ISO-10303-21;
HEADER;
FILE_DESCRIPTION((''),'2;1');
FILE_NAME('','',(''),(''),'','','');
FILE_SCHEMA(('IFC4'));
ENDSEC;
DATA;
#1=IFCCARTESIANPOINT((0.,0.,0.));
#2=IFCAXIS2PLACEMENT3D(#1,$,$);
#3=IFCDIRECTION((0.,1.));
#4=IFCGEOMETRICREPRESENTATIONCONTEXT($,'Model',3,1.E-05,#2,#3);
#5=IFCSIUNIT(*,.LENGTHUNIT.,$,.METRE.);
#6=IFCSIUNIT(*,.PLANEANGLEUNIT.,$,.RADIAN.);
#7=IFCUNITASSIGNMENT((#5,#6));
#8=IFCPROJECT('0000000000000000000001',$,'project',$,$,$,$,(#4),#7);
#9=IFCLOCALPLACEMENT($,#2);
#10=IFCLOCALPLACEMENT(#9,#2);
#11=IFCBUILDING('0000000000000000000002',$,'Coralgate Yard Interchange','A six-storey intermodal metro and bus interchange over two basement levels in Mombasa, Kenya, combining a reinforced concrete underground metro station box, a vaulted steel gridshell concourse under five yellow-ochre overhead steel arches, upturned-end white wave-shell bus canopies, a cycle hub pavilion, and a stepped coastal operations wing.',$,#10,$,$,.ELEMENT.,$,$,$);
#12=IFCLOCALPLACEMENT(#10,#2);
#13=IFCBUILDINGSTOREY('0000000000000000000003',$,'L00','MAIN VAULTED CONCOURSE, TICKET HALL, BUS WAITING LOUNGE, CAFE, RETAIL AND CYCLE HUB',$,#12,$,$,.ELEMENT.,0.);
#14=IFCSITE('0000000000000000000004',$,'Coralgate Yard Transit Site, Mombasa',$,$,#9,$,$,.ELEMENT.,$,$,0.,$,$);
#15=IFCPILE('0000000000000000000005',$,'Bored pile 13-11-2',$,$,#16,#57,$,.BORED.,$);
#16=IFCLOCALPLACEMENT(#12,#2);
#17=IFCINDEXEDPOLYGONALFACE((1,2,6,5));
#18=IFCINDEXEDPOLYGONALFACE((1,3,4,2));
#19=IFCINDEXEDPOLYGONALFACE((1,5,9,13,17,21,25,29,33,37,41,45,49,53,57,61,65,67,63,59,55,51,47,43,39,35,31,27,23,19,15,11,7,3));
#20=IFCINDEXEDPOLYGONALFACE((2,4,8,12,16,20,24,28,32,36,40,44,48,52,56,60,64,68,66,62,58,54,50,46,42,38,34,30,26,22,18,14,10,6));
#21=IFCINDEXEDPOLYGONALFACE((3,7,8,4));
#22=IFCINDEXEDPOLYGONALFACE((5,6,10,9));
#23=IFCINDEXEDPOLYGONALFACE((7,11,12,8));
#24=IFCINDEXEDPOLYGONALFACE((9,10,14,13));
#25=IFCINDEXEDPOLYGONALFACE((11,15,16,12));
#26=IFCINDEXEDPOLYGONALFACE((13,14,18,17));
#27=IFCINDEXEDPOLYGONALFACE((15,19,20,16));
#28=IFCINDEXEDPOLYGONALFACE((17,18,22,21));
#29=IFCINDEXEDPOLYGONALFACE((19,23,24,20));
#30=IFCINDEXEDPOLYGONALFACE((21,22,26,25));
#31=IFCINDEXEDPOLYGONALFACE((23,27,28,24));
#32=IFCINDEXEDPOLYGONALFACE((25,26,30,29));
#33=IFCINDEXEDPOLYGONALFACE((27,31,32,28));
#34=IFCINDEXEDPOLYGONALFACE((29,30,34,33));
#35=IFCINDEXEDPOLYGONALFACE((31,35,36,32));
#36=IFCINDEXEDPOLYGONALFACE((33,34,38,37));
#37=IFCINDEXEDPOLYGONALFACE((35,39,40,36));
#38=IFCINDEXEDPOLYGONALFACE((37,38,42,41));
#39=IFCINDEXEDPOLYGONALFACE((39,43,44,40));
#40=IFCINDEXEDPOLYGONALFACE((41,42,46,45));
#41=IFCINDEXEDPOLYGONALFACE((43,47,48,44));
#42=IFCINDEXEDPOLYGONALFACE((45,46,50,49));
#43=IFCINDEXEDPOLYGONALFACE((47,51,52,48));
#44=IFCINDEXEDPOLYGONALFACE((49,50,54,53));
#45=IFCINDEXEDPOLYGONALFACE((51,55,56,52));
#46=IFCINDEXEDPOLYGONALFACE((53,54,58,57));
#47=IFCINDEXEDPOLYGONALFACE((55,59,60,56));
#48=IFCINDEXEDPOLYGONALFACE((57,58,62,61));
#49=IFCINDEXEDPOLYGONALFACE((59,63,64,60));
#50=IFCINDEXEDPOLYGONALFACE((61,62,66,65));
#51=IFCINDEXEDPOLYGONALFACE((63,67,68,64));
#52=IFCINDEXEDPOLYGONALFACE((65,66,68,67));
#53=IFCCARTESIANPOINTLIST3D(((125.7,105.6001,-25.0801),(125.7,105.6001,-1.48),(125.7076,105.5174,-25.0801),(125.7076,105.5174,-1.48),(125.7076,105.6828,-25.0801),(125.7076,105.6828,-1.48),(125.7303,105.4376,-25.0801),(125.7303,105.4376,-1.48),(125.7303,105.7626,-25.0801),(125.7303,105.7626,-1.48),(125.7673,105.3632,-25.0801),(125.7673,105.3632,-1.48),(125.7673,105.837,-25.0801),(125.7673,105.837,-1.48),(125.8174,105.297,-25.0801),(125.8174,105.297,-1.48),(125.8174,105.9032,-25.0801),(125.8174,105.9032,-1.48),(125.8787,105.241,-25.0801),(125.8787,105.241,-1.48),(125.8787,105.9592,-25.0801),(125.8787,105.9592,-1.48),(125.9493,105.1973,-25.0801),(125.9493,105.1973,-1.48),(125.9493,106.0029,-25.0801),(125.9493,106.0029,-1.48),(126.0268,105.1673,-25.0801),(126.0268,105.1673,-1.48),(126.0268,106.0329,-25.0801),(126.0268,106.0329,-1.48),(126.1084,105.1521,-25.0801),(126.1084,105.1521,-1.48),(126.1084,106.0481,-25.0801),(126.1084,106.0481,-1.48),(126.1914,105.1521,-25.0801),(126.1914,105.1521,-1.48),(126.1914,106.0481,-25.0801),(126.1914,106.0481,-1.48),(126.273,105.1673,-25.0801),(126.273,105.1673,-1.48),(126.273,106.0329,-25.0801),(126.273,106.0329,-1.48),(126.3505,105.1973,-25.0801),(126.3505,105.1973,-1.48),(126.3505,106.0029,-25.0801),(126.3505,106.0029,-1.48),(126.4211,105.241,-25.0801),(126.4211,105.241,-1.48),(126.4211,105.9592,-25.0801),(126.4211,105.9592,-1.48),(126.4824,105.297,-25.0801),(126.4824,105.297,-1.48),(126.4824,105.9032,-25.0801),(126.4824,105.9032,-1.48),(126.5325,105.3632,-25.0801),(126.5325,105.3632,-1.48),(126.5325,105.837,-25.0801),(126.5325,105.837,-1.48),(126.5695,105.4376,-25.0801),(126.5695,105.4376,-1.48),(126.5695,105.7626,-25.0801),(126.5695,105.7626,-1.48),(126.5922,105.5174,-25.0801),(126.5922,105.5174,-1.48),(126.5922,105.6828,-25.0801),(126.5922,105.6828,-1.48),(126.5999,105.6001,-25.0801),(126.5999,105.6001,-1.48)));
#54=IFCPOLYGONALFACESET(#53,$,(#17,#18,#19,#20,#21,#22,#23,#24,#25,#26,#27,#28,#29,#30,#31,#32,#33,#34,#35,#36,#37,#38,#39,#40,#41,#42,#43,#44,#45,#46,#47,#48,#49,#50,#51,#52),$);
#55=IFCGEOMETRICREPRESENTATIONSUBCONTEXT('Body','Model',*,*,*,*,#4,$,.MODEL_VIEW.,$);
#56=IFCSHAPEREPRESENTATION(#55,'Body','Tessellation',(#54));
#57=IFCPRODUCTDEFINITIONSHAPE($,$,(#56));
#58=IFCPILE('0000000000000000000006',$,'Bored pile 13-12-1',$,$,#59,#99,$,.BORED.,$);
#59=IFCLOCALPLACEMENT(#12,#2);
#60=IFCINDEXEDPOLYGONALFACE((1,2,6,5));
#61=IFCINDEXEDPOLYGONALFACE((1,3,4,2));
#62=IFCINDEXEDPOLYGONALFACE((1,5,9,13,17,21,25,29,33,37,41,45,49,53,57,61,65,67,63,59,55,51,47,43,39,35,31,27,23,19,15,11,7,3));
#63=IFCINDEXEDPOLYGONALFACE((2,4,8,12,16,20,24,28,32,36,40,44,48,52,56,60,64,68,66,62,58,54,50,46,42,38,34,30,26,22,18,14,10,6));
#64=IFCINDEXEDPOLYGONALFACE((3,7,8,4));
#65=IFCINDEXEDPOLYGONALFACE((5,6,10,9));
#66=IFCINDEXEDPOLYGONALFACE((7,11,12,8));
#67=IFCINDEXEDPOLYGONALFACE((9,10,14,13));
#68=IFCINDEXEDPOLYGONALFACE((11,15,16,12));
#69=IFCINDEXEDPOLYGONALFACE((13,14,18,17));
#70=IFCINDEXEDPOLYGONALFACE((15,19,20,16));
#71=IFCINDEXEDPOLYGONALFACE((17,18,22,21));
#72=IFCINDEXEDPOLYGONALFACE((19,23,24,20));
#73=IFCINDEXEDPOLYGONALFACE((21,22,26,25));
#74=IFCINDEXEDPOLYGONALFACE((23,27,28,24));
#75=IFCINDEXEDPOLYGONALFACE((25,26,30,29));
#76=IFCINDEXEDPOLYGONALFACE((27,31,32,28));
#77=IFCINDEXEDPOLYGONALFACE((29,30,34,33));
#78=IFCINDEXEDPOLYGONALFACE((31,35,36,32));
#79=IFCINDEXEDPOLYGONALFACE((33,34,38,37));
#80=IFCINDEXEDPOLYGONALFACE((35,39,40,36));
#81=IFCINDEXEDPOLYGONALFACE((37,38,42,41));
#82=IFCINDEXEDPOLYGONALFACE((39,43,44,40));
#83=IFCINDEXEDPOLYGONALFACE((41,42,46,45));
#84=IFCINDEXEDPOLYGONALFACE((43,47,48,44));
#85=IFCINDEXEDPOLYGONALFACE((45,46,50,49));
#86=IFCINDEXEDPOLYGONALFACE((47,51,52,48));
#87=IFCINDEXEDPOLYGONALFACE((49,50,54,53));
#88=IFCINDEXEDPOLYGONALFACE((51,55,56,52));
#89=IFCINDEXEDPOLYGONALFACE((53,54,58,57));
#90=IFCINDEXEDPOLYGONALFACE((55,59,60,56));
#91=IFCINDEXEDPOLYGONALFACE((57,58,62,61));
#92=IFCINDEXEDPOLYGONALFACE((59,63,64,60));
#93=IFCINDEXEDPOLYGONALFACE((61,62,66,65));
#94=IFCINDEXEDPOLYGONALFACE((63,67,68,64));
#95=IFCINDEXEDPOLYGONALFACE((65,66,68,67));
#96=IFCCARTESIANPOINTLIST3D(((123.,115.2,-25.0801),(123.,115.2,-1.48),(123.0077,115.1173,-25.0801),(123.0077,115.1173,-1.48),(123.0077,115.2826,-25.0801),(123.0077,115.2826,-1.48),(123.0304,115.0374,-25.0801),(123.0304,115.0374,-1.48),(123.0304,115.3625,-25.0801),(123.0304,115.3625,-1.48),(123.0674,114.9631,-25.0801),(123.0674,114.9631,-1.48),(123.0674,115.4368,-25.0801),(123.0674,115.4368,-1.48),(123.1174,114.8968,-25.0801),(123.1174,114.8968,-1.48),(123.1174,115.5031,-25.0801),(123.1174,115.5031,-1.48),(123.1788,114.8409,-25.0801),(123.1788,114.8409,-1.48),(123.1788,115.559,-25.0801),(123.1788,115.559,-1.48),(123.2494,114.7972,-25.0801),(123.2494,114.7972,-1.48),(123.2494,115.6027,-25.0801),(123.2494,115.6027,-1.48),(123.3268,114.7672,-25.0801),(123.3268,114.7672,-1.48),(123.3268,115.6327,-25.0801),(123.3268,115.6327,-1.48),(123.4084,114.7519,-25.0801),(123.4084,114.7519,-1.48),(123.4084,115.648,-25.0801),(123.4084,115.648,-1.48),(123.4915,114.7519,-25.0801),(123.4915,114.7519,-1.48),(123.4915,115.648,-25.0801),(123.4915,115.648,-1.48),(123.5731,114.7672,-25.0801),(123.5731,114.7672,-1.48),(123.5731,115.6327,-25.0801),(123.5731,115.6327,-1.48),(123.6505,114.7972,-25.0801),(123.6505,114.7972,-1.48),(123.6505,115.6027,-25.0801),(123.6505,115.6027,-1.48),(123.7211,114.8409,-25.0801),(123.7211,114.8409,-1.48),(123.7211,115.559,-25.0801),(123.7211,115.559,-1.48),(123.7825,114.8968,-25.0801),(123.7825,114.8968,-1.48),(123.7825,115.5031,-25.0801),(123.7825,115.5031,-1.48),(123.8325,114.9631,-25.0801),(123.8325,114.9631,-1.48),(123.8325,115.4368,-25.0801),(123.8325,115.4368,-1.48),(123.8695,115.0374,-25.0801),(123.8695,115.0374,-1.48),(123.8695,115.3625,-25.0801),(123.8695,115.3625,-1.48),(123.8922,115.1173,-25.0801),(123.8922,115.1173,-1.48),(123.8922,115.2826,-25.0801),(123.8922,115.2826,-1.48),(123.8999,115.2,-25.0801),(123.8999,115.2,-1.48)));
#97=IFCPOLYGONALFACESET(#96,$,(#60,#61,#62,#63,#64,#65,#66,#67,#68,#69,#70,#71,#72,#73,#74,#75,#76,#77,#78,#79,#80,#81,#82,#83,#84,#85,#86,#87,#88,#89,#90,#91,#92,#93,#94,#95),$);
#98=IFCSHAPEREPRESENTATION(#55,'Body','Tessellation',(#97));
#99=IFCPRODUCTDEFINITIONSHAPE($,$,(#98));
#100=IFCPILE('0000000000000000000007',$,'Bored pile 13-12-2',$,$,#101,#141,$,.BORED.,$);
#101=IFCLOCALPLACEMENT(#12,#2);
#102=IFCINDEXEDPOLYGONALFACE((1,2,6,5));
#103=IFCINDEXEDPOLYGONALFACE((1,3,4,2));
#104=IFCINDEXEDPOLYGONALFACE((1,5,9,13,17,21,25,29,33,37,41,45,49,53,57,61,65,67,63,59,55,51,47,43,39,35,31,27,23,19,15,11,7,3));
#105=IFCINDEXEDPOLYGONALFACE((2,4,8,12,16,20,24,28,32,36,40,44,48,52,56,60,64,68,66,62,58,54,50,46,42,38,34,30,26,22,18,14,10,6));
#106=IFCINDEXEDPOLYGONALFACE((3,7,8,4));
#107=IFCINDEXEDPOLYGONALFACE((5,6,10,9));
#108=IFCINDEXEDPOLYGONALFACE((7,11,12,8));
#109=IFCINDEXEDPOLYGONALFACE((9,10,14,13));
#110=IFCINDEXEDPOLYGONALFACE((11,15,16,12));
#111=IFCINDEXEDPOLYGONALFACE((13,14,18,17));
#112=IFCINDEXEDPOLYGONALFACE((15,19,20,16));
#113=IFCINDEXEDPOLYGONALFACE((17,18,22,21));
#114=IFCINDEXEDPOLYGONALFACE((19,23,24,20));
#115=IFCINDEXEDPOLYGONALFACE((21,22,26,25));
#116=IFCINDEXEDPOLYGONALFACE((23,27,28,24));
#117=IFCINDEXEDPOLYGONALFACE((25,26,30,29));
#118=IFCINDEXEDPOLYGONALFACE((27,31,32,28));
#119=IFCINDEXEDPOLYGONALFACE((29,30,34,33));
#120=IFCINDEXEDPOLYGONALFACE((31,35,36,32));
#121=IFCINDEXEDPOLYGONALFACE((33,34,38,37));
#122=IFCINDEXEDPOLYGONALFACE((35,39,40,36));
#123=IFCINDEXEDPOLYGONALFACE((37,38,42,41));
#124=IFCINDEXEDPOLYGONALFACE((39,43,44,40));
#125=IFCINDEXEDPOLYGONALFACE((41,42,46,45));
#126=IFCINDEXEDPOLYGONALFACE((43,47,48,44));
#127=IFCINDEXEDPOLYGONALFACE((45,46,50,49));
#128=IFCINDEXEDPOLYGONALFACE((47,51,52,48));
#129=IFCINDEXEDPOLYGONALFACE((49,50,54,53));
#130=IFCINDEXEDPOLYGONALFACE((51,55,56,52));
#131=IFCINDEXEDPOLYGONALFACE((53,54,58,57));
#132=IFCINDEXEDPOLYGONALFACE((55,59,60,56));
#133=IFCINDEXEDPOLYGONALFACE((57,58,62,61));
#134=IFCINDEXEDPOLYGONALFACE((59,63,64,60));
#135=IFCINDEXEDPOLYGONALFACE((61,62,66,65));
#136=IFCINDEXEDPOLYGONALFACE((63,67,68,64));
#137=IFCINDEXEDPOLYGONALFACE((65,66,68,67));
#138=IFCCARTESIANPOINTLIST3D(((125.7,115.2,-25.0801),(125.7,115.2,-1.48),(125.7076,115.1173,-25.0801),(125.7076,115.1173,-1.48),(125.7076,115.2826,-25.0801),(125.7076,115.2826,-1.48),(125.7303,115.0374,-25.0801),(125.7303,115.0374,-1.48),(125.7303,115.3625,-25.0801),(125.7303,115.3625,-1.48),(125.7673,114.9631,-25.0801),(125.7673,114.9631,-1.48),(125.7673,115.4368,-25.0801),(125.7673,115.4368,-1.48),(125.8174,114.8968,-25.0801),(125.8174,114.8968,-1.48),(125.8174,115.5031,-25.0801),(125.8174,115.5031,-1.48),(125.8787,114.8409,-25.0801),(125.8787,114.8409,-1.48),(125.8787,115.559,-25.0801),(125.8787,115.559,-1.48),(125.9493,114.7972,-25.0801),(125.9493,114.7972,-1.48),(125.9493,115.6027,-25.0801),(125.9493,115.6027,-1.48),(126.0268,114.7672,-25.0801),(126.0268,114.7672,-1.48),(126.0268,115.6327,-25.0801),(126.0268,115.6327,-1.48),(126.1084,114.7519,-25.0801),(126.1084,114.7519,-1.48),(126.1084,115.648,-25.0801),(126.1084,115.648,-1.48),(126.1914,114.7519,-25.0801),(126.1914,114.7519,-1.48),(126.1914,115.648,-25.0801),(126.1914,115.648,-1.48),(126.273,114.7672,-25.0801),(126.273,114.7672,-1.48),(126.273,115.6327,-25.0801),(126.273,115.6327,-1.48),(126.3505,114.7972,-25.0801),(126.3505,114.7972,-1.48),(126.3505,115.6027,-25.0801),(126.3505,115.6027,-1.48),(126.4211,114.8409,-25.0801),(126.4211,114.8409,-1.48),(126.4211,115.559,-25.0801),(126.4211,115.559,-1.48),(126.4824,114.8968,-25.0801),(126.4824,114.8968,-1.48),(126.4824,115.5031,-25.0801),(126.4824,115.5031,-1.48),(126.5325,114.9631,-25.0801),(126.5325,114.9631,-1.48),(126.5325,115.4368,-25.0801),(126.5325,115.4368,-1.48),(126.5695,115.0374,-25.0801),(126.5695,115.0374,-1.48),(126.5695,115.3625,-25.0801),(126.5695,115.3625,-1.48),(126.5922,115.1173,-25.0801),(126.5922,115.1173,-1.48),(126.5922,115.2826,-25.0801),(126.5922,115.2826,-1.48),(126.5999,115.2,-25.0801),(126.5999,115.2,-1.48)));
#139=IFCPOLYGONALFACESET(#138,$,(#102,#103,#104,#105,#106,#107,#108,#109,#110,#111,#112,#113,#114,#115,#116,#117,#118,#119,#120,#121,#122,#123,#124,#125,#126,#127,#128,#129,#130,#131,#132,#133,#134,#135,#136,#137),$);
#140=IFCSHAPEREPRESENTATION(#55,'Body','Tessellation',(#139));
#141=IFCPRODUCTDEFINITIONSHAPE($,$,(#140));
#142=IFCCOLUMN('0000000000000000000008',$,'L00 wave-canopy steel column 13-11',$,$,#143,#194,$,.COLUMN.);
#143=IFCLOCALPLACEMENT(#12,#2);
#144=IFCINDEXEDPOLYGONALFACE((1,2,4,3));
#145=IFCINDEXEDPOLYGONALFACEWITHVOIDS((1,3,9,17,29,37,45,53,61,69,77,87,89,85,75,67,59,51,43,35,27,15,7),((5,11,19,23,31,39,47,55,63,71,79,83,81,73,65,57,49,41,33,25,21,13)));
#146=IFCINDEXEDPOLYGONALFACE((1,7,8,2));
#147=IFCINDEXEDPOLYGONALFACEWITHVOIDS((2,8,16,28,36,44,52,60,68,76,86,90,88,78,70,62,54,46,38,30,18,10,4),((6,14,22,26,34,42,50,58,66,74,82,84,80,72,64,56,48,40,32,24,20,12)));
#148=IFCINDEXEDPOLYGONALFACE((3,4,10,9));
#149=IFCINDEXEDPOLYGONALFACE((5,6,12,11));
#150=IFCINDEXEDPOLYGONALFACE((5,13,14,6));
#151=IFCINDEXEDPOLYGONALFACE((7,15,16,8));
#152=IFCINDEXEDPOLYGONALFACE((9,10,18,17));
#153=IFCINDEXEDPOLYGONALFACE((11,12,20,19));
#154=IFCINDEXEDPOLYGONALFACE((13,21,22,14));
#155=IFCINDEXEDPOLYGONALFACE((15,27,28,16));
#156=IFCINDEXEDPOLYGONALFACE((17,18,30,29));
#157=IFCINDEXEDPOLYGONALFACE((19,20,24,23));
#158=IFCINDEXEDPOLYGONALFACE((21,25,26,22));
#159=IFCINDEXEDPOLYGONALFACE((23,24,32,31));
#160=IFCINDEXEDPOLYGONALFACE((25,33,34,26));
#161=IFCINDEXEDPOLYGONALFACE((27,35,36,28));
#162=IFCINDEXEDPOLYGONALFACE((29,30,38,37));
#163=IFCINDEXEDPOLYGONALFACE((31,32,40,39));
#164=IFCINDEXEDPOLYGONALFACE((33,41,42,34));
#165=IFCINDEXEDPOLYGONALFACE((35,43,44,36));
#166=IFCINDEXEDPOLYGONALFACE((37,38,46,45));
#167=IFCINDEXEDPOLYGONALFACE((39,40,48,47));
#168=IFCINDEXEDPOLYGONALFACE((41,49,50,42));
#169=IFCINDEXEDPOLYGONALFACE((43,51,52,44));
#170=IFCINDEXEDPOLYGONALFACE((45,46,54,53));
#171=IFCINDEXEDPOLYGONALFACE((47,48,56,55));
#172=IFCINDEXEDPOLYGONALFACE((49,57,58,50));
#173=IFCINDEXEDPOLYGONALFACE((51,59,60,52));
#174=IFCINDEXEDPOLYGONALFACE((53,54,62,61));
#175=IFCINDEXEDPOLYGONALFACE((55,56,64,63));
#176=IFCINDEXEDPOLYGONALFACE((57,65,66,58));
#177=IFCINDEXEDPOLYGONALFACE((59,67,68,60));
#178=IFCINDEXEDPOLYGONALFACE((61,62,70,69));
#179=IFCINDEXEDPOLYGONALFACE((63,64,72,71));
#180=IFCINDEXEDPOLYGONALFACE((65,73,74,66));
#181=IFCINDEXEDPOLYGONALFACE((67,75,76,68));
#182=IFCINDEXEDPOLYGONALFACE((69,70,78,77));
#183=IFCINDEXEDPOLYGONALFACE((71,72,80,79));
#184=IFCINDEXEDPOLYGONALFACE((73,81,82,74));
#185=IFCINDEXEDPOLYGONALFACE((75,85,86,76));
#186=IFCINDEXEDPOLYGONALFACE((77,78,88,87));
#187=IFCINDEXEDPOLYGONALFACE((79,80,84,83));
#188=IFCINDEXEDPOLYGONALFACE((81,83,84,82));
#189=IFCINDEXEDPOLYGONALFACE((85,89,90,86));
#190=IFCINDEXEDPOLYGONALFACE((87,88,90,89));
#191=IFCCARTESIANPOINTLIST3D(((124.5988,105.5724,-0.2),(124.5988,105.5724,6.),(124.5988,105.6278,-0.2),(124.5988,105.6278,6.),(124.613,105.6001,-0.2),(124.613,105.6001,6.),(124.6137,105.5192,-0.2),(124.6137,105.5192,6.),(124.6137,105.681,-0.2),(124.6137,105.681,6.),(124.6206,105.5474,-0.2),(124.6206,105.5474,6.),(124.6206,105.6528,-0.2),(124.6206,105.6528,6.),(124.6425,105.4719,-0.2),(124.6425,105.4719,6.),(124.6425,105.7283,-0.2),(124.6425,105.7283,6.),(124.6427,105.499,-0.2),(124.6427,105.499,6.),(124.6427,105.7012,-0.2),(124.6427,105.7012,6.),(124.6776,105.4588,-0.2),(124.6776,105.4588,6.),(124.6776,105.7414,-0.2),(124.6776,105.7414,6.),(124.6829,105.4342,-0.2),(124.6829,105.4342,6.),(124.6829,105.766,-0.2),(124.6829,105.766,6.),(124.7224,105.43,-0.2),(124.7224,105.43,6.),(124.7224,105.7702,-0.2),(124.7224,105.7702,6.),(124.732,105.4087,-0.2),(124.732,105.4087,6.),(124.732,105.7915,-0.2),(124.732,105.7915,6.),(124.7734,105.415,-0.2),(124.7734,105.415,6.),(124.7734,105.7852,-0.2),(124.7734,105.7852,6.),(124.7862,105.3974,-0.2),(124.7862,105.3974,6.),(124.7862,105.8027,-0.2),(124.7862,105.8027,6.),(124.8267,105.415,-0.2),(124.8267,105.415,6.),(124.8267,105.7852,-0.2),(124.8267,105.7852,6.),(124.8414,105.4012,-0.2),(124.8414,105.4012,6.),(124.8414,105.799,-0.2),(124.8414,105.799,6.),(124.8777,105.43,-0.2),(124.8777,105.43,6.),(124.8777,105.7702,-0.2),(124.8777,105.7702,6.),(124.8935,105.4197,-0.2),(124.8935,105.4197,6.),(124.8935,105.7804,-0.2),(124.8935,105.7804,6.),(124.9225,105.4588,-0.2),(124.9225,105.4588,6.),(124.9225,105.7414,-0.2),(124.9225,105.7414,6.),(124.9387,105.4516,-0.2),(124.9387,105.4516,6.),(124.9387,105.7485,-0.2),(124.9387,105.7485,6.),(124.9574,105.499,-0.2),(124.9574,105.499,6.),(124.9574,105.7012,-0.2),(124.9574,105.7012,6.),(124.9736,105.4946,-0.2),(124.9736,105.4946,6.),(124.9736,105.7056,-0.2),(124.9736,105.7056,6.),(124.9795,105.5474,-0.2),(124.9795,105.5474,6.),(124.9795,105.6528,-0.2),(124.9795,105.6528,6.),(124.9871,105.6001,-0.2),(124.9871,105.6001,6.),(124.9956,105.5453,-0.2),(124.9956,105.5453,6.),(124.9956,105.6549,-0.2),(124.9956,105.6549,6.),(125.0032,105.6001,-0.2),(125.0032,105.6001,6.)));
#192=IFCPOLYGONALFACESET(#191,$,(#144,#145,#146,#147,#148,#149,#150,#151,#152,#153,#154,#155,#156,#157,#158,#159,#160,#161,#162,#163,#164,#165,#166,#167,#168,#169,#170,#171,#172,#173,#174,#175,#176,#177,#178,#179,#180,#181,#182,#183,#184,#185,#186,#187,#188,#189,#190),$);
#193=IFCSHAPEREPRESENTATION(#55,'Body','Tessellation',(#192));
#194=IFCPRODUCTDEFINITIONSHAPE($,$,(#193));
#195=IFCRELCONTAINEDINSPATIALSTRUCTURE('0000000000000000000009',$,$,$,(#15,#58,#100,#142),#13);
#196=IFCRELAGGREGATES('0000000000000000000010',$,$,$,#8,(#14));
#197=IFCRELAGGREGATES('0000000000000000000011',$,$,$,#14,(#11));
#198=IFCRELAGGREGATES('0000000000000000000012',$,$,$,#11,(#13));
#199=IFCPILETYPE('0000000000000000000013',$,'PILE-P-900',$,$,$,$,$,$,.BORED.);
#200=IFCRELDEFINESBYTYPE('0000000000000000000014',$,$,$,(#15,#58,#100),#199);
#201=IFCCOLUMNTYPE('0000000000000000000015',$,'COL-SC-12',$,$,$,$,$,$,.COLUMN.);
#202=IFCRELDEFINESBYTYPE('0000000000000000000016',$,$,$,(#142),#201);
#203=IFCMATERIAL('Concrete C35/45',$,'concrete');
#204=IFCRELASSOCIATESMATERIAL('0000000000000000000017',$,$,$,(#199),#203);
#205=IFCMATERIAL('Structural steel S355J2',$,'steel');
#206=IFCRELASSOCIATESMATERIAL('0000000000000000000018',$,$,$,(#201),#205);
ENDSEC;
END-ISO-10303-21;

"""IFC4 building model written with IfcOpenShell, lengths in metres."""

from ifc_helpers import new_model, si_unit, direction, frame, origin, origin_2d, place, context, subcontext, project, spatial, circle, hollow_circle, extrude, material, material_profile, profile_set, type_object, element, save


model = new_model("IFC4")

# Units and contexts
model_context = context("Model", 3, precision=1e-05, world=origin(), true_north=direction((0.0, 1.0)))
body_context = subcontext(model_context, "Body", "Model", "MODEL_VIEW")
ifc_project = project(units=[si_unit("LENGTHUNIT", "METRE"), si_unit("PLANEANGLEUNIT", "RADIAN")], contexts=[model_context])

# Site, building, storey
site_placement = place(None, origin())
site = spatial("IfcSite", under=ifc_project, at=site_placement, Name="Coralgate Yard Transit Site, Mombasa", CompositionType="ELEMENT", RefElevation=0.0)
building_placement = place(site_placement, origin())
building = spatial("IfcBuilding", under=site, at=building_placement, Name="Coralgate Yard Interchange", Description="A six-storey intermodal metro and bus interchange over two basement levels in Mombasa, Kenya, combining a reinforced concrete underground metro station box, a vaulted steel gridshell concourse under five yellow-ochre overhead steel arches, upturned-end white wave-shell bus canopies, a cycle hub pavilion, and a stepped coastal operations wing.", CompositionType="ELEMENT")
storey_placement = place(building_placement, origin())
storey = spatial("IfcBuildingStorey", under=building, at=storey_placement, Name="L00", Description="MAIN VAULTED CONCOURSE, TICKET HALL, BUS WAITING LOUNGE, CAFE, RETAIL AND CYCLE HUB", CompositionType="ELEMENT", Elevation=0.0)

# Piles
ifc_material_1 = material(Name="Concrete C35/45", Category="concrete")
ifc_material_profile_1 = material_profile(ifc_material_1, circle(Radius=0.45, at=origin_2d()), Name="BORED PILE D900")
ifc_profile_set_1 = profile_set([ifc_material_profile_1], Name="Concrete C35/45")
pile_type = type_object("IfcPileType", Name="PILE-P-900", PredefinedType="BORED", material=ifc_profile_set_1)
for number, where, z_axis, x_axis, name in (
    (1, (126.1499, 105.6001, -1.48), (0.0, 0.0, -1.0), (1.0, 0.0, 0.0), "Bored pile 13-11-2"),
    (2, (123.45, 115.2, -1.48), (0.0, 0.0, -1.0), (1.0, 0.0, 0.0), "Bored pile 13-12-1"),
    (3, (126.1499, 115.2, -1.48), (0.0, 0.0, -1.0), (1.0, 0.0, 0.0), "Bored pile 13-12-2"),
):
    element("IfcPile", number, at=place(storey_placement, frame(where, z_axis=z_axis, x_axis=x_axis)), inside=storey, type_object=pile_type, Name=name, PredefinedType="BORED", context=body_context, shape_type="SweptSolid", body=[
        extrude(circle(Radius=0.45, at=origin_2d()), origin(), (0.0, 0.0, 1.0), 23.6001),
    ])

# Column
ifc_material_2 = material(Name="Structural steel S355J2", Category="steel")
ifc_material_profile_2 = material_profile(ifc_material_2, hollow_circle(Radius=0.2031, WallThickness=0.0161, at=origin_2d()), Name="CHS 406.4x16")
ifc_profile_set_2 = profile_set([ifc_material_profile_2], Name="Structural steel S355J2")
column_type_1 = type_object("IfcColumnType", Name="COL-SC-12", PredefinedType="COLUMN", material=ifc_profile_set_2)
column_placement = place(storey_placement, frame((124.8, 105.6001, -0.2), z_axis=(0.0, 0.0, 1.0), x_axis=(1.0, 0.0, 0.0)))
element("IfcColumn", 4, at=column_placement, inside=storey, type_object=column_type_1, Name="L00 wave-canopy steel column 13-11", PredefinedType="COLUMN", context=body_context, shape_type="SweptSolid", body=[
    extrude(hollow_circle(Radius=0.2031, WallThickness=0.0161, at=origin_2d()), origin(), (0.0, 0.0, 1.0), 6.2),
])

save(model, "model.ifc")
